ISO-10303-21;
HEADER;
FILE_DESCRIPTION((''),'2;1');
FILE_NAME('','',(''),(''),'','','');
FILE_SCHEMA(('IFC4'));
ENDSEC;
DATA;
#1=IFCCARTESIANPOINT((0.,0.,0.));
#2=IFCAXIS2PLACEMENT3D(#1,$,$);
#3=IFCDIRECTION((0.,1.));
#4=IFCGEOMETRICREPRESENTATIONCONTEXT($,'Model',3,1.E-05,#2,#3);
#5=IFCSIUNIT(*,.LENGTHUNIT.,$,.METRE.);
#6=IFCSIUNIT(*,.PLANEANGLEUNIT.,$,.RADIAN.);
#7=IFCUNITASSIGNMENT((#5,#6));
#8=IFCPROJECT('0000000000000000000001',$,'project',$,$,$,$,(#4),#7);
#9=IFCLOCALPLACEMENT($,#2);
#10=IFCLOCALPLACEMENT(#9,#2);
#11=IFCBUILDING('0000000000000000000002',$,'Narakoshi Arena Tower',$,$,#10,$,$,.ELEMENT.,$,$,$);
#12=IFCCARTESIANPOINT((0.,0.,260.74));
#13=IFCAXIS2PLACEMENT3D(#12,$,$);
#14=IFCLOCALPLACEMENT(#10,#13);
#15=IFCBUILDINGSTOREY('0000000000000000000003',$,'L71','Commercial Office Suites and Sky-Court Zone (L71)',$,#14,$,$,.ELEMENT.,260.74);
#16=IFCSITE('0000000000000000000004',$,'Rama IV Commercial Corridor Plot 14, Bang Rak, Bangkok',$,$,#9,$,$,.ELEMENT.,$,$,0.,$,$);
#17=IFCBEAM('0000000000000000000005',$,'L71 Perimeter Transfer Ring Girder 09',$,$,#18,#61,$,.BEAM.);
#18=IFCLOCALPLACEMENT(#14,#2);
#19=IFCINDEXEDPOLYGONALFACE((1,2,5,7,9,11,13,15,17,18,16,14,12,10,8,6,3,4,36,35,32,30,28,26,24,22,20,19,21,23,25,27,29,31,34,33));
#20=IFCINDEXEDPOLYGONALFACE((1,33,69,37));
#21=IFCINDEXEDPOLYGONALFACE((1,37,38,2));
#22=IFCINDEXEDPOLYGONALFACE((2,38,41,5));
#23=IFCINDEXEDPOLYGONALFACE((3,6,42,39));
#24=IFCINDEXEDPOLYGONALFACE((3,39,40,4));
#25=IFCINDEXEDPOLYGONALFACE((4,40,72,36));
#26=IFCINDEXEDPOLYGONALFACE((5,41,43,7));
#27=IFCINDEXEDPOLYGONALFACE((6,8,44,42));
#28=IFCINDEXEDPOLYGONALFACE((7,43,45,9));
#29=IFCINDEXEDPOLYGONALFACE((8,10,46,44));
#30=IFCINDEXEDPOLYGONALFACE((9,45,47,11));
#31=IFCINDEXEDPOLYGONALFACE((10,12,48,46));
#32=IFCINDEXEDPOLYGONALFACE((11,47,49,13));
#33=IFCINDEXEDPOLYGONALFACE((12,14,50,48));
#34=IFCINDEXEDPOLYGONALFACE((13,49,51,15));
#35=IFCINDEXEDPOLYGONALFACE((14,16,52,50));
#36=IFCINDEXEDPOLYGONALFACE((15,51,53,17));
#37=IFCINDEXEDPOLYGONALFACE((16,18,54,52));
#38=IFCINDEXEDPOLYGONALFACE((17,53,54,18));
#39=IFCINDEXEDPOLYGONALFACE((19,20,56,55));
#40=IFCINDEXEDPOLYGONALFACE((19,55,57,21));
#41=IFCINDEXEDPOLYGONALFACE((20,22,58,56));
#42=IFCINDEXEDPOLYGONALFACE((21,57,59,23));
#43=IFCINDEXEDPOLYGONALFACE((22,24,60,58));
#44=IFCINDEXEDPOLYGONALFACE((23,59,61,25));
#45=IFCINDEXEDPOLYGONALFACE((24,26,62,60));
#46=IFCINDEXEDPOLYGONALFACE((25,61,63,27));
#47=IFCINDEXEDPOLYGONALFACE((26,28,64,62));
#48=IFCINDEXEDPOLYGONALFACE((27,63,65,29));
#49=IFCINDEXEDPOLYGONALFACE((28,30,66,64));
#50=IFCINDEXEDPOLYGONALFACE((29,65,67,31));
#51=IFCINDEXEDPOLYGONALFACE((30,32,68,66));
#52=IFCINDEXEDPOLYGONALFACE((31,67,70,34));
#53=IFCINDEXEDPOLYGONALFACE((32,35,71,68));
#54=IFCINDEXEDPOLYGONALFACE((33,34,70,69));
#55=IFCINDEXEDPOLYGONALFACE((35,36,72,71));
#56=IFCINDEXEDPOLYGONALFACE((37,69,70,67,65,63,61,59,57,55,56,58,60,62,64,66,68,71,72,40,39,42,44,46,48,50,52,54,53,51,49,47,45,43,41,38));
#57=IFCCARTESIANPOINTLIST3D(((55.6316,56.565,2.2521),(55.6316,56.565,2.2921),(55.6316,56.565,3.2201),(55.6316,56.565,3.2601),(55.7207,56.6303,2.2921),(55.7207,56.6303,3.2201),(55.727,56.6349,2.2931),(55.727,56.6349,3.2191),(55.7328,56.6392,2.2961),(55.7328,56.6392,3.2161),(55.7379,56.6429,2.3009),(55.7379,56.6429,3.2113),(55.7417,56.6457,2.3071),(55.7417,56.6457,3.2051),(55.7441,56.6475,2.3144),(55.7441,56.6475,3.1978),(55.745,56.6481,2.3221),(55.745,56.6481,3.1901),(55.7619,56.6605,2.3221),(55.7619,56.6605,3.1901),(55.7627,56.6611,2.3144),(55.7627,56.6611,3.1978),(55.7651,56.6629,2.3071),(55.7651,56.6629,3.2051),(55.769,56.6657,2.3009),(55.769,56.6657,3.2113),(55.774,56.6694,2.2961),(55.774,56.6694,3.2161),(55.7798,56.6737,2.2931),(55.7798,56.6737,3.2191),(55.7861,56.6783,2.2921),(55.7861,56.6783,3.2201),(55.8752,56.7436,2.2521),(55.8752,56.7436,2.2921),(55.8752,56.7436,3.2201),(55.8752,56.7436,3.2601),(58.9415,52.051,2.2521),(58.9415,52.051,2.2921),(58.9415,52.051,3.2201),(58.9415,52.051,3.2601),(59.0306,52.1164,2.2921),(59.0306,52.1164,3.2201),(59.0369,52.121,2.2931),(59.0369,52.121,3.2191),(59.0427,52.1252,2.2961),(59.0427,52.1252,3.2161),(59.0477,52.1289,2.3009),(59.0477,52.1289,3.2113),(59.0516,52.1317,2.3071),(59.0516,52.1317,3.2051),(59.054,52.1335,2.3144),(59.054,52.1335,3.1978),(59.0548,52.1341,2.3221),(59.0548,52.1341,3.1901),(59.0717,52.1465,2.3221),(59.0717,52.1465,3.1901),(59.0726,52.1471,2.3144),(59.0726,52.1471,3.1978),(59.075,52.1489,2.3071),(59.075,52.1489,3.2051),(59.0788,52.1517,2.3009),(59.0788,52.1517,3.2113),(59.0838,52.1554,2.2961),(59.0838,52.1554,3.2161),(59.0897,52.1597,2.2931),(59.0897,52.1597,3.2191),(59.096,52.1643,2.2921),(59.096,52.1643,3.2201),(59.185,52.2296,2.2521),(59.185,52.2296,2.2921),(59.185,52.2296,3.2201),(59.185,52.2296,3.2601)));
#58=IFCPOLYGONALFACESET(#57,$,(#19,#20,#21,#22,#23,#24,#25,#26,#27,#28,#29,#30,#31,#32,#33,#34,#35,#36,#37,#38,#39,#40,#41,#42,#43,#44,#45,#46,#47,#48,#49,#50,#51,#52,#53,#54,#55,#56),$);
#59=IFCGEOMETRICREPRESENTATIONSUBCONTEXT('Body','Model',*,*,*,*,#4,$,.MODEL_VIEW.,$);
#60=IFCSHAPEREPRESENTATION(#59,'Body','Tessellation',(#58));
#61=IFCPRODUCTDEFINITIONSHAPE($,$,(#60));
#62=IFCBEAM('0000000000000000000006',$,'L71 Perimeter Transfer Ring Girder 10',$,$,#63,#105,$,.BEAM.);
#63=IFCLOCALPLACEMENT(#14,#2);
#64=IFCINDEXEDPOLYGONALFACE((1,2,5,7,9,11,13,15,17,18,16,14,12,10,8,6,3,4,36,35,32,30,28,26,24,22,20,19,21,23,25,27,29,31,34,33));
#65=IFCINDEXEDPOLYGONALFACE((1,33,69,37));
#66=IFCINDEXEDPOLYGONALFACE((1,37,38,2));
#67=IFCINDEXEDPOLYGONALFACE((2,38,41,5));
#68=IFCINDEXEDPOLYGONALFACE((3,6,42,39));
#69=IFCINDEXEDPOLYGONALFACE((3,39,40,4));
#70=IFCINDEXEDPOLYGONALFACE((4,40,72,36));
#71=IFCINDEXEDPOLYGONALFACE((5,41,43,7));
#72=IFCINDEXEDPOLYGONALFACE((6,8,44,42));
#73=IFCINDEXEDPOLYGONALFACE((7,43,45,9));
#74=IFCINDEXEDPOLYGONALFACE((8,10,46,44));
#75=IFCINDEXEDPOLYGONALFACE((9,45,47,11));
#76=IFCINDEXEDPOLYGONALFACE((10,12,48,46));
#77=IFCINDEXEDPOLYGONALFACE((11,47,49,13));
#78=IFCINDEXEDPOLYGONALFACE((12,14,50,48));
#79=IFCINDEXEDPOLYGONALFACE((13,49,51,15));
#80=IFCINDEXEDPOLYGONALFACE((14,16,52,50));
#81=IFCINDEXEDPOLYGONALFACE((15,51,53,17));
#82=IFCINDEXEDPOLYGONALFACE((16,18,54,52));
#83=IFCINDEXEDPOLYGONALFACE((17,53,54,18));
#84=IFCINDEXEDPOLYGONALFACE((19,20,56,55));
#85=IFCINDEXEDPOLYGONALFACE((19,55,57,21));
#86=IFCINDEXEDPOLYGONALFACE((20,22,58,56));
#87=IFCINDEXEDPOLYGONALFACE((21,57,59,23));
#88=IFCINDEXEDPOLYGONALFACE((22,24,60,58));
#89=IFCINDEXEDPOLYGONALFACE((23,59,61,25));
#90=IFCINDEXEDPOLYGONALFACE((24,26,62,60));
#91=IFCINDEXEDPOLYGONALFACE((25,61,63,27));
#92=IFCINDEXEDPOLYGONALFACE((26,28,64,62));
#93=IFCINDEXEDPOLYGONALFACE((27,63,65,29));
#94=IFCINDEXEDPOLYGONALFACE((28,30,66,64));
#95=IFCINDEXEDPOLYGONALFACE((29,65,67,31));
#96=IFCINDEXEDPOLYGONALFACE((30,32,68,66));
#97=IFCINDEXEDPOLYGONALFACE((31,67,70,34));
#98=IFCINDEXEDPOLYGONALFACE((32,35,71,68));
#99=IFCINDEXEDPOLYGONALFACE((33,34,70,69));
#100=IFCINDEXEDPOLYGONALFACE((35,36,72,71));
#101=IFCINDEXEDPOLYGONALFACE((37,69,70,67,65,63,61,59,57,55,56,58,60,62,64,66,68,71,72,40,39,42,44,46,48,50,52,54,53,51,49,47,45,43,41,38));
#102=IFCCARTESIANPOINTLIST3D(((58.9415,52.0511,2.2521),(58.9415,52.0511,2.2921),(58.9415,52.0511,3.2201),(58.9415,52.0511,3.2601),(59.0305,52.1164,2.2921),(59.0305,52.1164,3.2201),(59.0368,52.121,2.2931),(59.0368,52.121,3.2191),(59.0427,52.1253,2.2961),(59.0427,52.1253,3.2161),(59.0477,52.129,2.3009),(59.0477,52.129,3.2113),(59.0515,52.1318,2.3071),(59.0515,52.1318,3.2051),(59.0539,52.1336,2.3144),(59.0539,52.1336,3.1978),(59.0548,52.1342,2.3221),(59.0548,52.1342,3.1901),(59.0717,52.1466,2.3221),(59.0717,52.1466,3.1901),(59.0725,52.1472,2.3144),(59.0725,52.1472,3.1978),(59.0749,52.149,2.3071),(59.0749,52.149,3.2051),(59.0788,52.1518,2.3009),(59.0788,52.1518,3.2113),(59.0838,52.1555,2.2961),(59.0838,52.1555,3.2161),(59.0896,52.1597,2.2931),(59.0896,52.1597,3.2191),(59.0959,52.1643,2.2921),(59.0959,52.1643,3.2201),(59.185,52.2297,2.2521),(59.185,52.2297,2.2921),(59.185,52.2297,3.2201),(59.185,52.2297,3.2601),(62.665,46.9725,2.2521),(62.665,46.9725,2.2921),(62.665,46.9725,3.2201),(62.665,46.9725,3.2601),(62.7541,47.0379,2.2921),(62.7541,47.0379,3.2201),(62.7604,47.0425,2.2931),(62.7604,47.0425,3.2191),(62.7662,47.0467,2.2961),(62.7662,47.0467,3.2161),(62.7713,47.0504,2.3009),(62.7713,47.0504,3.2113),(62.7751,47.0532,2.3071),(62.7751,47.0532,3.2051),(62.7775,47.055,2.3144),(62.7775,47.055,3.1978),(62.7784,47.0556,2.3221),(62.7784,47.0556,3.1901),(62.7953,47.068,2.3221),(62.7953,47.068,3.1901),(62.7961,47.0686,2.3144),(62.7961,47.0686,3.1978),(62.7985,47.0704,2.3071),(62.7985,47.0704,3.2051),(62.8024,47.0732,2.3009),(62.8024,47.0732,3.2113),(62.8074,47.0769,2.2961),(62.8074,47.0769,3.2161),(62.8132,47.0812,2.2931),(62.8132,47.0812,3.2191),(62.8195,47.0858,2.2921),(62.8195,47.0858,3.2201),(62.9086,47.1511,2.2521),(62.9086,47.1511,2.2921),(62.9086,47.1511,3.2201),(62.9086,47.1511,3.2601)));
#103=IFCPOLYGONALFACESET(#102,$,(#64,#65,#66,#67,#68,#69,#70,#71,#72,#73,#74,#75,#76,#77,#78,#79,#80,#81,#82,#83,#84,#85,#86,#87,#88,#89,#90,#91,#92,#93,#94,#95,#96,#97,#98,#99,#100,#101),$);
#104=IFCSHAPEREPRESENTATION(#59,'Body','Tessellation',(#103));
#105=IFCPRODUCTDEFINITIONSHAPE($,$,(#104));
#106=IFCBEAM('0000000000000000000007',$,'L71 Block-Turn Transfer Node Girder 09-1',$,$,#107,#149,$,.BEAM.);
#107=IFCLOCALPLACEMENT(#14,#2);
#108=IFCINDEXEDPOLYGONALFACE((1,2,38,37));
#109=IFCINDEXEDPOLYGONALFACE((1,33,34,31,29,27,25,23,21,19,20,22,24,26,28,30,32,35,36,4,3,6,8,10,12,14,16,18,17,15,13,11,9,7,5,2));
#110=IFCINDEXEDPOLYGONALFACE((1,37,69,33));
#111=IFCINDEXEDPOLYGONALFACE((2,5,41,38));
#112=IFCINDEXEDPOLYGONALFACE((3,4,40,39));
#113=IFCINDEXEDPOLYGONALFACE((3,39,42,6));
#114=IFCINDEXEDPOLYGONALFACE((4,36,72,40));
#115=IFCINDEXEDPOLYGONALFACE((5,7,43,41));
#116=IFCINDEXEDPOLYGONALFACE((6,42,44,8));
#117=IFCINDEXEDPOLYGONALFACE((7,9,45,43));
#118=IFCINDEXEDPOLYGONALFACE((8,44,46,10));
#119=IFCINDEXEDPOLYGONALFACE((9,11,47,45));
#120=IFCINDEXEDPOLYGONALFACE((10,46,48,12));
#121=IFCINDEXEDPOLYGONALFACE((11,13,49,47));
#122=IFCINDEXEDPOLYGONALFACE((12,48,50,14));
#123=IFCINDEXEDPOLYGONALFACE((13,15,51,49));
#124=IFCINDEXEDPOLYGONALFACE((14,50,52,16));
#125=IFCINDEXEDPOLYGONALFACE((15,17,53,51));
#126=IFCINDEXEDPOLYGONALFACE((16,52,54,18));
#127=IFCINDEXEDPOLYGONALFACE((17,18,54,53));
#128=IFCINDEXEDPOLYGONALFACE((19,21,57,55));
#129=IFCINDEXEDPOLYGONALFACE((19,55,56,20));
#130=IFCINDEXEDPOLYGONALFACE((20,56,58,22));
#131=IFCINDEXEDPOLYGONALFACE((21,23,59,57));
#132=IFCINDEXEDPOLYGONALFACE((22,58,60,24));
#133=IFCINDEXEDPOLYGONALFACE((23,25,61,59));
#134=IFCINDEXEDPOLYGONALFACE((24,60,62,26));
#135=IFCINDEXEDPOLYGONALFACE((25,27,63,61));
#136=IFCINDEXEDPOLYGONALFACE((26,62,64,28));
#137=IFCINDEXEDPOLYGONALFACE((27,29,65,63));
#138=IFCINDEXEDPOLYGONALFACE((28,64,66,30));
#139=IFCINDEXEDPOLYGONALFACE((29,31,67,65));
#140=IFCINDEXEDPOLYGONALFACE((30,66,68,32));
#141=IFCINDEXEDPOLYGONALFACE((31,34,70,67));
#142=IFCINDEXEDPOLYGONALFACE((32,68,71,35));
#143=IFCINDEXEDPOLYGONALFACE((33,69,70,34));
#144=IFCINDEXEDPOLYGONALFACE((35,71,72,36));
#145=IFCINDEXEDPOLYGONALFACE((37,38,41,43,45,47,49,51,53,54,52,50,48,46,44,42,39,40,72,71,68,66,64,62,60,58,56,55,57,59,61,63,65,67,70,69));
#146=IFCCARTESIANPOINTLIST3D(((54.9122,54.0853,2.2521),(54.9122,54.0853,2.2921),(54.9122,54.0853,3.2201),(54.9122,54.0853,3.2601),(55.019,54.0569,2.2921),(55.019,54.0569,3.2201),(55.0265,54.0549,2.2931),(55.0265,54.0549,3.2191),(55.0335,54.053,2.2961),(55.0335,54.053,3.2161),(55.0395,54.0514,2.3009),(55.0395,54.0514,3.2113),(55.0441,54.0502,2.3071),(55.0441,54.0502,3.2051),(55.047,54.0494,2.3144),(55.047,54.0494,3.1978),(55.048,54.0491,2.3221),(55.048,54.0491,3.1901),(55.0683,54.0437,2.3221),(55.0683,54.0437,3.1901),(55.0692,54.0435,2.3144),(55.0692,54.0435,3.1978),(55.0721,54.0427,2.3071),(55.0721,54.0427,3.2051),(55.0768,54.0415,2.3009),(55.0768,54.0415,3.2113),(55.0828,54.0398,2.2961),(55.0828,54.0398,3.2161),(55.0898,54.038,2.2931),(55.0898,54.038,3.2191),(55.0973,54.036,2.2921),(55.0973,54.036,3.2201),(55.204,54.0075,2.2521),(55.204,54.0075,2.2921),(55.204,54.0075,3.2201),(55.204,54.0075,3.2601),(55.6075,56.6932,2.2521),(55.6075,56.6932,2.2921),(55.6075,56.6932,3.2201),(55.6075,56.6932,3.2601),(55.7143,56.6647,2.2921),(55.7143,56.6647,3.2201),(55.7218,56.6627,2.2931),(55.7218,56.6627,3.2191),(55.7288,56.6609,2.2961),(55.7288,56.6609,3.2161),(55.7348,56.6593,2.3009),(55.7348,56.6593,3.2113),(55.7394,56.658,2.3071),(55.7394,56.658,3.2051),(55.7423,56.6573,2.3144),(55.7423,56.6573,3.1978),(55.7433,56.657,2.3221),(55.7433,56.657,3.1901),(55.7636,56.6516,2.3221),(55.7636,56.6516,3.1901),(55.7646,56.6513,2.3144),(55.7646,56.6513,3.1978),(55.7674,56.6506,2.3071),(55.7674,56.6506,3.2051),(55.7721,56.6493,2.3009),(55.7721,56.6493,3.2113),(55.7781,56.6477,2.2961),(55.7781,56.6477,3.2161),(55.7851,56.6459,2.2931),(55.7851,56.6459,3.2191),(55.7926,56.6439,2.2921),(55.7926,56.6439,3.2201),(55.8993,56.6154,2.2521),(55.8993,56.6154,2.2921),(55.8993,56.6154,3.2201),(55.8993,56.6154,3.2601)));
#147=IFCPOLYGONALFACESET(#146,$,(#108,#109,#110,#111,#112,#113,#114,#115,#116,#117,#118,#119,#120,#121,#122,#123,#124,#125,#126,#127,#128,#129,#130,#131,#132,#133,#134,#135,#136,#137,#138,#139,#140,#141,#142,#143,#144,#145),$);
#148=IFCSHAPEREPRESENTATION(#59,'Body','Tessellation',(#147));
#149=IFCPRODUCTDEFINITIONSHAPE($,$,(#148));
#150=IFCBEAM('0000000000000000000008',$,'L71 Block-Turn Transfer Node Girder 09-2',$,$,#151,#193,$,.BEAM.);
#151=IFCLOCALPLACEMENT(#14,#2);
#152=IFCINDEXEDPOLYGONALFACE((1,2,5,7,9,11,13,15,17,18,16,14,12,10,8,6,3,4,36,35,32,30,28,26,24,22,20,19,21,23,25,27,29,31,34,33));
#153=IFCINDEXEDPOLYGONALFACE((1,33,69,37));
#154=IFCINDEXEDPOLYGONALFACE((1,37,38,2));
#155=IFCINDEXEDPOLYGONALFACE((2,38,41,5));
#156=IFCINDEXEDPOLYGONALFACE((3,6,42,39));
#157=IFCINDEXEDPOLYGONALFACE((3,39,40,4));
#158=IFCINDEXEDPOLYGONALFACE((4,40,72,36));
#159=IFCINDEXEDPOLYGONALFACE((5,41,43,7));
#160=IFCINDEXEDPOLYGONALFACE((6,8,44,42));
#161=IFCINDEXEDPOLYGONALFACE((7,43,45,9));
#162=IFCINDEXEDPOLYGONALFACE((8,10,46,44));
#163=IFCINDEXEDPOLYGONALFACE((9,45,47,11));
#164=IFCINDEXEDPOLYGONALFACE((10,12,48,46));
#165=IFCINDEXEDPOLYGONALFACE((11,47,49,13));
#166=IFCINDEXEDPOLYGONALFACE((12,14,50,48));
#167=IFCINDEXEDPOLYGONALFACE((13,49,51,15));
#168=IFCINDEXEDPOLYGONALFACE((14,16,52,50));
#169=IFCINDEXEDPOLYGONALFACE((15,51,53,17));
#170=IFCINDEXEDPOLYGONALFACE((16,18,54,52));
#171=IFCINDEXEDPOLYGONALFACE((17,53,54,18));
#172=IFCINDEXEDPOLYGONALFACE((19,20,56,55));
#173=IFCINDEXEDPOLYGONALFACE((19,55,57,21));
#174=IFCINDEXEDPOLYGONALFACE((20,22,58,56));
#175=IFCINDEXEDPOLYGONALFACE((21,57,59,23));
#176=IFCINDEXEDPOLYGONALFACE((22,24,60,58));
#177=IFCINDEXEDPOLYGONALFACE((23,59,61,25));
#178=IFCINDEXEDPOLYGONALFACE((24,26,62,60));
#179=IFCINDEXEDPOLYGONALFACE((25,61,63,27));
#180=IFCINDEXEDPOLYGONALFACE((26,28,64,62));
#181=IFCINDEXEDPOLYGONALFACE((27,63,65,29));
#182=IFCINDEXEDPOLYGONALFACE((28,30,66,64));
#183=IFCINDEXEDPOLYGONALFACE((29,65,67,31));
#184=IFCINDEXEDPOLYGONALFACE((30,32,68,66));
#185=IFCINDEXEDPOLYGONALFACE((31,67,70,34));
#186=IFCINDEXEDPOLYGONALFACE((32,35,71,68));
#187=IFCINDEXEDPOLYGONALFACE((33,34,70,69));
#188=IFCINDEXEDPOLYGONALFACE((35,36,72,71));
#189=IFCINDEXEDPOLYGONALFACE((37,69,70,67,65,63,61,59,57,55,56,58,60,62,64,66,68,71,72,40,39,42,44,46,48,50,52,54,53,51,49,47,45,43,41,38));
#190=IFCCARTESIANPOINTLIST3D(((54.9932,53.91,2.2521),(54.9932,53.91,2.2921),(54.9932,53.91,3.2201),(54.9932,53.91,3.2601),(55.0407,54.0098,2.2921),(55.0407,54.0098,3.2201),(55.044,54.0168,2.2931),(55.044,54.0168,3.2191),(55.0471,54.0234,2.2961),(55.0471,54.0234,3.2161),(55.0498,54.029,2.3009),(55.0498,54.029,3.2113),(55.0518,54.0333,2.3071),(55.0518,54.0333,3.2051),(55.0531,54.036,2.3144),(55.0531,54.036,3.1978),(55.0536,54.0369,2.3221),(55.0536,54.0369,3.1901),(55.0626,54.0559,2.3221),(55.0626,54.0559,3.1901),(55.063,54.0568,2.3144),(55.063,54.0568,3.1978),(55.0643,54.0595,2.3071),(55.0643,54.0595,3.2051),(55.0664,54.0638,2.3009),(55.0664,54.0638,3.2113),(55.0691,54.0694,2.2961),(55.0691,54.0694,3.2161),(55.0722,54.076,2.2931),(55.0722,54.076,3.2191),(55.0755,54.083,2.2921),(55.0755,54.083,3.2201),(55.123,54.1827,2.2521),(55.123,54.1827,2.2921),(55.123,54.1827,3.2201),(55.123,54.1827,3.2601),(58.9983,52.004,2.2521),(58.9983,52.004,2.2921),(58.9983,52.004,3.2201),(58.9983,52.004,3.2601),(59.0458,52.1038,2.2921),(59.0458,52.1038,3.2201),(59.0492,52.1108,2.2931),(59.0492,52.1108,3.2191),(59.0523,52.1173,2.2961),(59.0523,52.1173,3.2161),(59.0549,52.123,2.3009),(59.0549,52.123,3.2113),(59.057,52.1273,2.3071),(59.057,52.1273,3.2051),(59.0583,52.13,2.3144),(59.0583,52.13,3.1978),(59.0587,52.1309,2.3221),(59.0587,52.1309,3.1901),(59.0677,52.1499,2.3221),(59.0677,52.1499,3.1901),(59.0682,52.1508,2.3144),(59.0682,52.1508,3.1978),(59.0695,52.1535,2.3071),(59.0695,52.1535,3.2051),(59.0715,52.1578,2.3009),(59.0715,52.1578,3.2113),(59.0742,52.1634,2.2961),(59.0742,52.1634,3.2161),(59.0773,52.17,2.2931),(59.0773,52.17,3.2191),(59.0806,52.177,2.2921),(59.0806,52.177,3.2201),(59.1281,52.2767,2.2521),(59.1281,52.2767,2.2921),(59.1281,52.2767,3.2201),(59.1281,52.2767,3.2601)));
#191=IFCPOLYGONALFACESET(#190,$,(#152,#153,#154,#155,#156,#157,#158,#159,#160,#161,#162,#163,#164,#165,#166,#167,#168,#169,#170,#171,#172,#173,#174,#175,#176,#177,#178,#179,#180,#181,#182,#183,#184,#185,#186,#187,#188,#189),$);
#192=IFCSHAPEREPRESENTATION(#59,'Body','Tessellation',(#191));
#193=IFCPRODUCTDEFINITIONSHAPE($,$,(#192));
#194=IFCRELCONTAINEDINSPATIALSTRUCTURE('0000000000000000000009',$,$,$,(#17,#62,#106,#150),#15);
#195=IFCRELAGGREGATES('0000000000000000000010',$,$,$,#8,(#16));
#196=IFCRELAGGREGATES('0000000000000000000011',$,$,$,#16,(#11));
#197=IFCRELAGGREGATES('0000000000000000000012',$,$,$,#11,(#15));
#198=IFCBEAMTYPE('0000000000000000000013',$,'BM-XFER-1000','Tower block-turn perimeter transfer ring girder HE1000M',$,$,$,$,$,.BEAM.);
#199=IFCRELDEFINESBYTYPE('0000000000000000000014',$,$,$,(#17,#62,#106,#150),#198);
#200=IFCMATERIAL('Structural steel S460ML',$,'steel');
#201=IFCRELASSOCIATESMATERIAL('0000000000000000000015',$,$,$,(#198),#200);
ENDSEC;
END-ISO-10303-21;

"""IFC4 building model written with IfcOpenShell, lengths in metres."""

from ifc_helpers import new_model, si_unit, direction, frame, origin, origin_2d, place, context, subcontext, project, spatial, i_section, extrude, material, material_profile, profile_set, type_object, element, save


model = new_model("IFC4")

# Units and contexts
model_context = context("Model", 3, precision=1e-05, world=origin(), true_north=direction((0.0, 1.0)))
body_context = subcontext(model_context, "Body", "Model", "MODEL_VIEW")
ifc_project = project(units=[si_unit("LENGTHUNIT", "METRE"), si_unit("PLANEANGLEUNIT", "RADIAN")], contexts=[model_context])

# Site, building, storey
site_placement = place(None, origin())
site = spatial("IfcSite", under=ifc_project, at=site_placement, Name="Rama IV Commercial Corridor Plot 14, Bang Rak, Bangkok", CompositionType="ELEMENT", RefElevation=0.0)
building_placement = place(site_placement, origin())
building = spatial("IfcBuilding", under=site, at=building_placement, Name="Narakoshi Arena Tower", CompositionType="ELEMENT")
storey_placement = place(building_placement, frame((0.0, 0.0, 260.74)))
storey = spatial("IfcBuildingStorey", under=building, at=storey_placement, Name="L71", Description="Commercial Office Suites and Sky-Court Zone (L71)", CompositionType="ELEMENT", Elevation=260.74)

# Beams
ifc_material_1 = material(Name="Structural steel S460ML", Category="steel")
ifc_material_profile_1 = material_profile(ifc_material_1, i_section(OverallWidth=0.302, OverallDepth=1.0081, WebThickness=0.021, FlangeThickness=0.04, FilletRadius=0.03, at=origin_2d()), Name="HE1000M")
ifc_profile_set_1 = profile_set([ifc_material_profile_1], Name="Structural steel S460ML")
beam_type_1 = type_object("IfcBeamType", Name="BM-XFER-1000", Description="Tower block-turn perimeter transfer ring girder HE1000M", PredefinedType="BEAM", material=ifc_profile_set_1)
beam_1_placement = place(storey_placement, frame((55.7534, 56.6543, 2.7561), z_axis=(0.591318, -0.806438, 0.0), x_axis=(0.806438, 0.591318, 0.0)))
element("IfcBeam", 1, at=beam_1_placement, inside=storey, type_object=beam_type_1, Name="L71 Perimeter Transfer Ring Girder 09", PredefinedType="BEAM", context=body_context, shape_type="SweptSolid", body=[
    extrude(i_section(OverallWidth=0.302, OverallDepth=1.0081, WebThickness=0.021, FlangeThickness=0.04, FilletRadius=0.03, at=origin_2d()), origin(), (0.0, 0.0, 1.0), 5.5974),
])
beam_2_placement = place(storey_placement, frame((59.0632, 52.1404, 2.7561), z_axis=(0.591293, -0.806457, 0.0), x_axis=(0.806457, 0.591293, 0.0)))
element("IfcBeam", 2, at=beam_2_placement, inside=storey, type_object=beam_type_1, Name="L71 Perimeter Transfer Ring Girder 10", PredefinedType="BEAM", context=body_context, shape_type="SweptSolid", body=[
    extrude(i_section(OverallWidth=0.302, OverallDepth=1.0081, WebThickness=0.021, FlangeThickness=0.04, FilletRadius=0.03, at=origin_2d()), origin(), (0.0, 0.0, 1.0), 6.2974),
])
beam_3_placement = place(storey_placement, frame((55.7534, 56.6543, 2.7561), z_axis=(-0.257618, -0.966247, 0.0), x_axis=(0.966247, -0.257618, 0.0)))
element("IfcBeam", 3, at=beam_3_placement, inside=storey, type_object=beam_type_1, Name="L71 Block-Turn Transfer Node Girder 09-1", PredefinedType="BEAM", context=body_context, shape_type="SweptSolid", body=[
    extrude(i_section(OverallWidth=0.302, OverallDepth=1.0081, WebThickness=0.021, FlangeThickness=0.04, FilletRadius=0.03, at=origin_2d()), origin(), (0.0, 0.0, 1.0), 2.699),
])
beam_4_placement = place(storey_placement, frame((59.0632, 52.1404, 2.7561), z_axis=(-0.902965, 0.429714, 0.0), x_axis=(-0.429714, -0.902965, 0.0)))
element("IfcBeam", 4, at=beam_4_placement, inside=storey, type_object=beam_type_1, Name="L71 Block-Turn Transfer Node Girder 09-2", PredefinedType="BEAM", context=body_context, shape_type="SweptSolid", body=[
    extrude(i_section(OverallWidth=0.302, OverallDepth=1.0081, WebThickness=0.021, FlangeThickness=0.04, FilletRadius=0.03, at=origin_2d()), origin(), (0.0, 0.0, 1.0), 4.4355),
])

save(model, "model.ifc")
